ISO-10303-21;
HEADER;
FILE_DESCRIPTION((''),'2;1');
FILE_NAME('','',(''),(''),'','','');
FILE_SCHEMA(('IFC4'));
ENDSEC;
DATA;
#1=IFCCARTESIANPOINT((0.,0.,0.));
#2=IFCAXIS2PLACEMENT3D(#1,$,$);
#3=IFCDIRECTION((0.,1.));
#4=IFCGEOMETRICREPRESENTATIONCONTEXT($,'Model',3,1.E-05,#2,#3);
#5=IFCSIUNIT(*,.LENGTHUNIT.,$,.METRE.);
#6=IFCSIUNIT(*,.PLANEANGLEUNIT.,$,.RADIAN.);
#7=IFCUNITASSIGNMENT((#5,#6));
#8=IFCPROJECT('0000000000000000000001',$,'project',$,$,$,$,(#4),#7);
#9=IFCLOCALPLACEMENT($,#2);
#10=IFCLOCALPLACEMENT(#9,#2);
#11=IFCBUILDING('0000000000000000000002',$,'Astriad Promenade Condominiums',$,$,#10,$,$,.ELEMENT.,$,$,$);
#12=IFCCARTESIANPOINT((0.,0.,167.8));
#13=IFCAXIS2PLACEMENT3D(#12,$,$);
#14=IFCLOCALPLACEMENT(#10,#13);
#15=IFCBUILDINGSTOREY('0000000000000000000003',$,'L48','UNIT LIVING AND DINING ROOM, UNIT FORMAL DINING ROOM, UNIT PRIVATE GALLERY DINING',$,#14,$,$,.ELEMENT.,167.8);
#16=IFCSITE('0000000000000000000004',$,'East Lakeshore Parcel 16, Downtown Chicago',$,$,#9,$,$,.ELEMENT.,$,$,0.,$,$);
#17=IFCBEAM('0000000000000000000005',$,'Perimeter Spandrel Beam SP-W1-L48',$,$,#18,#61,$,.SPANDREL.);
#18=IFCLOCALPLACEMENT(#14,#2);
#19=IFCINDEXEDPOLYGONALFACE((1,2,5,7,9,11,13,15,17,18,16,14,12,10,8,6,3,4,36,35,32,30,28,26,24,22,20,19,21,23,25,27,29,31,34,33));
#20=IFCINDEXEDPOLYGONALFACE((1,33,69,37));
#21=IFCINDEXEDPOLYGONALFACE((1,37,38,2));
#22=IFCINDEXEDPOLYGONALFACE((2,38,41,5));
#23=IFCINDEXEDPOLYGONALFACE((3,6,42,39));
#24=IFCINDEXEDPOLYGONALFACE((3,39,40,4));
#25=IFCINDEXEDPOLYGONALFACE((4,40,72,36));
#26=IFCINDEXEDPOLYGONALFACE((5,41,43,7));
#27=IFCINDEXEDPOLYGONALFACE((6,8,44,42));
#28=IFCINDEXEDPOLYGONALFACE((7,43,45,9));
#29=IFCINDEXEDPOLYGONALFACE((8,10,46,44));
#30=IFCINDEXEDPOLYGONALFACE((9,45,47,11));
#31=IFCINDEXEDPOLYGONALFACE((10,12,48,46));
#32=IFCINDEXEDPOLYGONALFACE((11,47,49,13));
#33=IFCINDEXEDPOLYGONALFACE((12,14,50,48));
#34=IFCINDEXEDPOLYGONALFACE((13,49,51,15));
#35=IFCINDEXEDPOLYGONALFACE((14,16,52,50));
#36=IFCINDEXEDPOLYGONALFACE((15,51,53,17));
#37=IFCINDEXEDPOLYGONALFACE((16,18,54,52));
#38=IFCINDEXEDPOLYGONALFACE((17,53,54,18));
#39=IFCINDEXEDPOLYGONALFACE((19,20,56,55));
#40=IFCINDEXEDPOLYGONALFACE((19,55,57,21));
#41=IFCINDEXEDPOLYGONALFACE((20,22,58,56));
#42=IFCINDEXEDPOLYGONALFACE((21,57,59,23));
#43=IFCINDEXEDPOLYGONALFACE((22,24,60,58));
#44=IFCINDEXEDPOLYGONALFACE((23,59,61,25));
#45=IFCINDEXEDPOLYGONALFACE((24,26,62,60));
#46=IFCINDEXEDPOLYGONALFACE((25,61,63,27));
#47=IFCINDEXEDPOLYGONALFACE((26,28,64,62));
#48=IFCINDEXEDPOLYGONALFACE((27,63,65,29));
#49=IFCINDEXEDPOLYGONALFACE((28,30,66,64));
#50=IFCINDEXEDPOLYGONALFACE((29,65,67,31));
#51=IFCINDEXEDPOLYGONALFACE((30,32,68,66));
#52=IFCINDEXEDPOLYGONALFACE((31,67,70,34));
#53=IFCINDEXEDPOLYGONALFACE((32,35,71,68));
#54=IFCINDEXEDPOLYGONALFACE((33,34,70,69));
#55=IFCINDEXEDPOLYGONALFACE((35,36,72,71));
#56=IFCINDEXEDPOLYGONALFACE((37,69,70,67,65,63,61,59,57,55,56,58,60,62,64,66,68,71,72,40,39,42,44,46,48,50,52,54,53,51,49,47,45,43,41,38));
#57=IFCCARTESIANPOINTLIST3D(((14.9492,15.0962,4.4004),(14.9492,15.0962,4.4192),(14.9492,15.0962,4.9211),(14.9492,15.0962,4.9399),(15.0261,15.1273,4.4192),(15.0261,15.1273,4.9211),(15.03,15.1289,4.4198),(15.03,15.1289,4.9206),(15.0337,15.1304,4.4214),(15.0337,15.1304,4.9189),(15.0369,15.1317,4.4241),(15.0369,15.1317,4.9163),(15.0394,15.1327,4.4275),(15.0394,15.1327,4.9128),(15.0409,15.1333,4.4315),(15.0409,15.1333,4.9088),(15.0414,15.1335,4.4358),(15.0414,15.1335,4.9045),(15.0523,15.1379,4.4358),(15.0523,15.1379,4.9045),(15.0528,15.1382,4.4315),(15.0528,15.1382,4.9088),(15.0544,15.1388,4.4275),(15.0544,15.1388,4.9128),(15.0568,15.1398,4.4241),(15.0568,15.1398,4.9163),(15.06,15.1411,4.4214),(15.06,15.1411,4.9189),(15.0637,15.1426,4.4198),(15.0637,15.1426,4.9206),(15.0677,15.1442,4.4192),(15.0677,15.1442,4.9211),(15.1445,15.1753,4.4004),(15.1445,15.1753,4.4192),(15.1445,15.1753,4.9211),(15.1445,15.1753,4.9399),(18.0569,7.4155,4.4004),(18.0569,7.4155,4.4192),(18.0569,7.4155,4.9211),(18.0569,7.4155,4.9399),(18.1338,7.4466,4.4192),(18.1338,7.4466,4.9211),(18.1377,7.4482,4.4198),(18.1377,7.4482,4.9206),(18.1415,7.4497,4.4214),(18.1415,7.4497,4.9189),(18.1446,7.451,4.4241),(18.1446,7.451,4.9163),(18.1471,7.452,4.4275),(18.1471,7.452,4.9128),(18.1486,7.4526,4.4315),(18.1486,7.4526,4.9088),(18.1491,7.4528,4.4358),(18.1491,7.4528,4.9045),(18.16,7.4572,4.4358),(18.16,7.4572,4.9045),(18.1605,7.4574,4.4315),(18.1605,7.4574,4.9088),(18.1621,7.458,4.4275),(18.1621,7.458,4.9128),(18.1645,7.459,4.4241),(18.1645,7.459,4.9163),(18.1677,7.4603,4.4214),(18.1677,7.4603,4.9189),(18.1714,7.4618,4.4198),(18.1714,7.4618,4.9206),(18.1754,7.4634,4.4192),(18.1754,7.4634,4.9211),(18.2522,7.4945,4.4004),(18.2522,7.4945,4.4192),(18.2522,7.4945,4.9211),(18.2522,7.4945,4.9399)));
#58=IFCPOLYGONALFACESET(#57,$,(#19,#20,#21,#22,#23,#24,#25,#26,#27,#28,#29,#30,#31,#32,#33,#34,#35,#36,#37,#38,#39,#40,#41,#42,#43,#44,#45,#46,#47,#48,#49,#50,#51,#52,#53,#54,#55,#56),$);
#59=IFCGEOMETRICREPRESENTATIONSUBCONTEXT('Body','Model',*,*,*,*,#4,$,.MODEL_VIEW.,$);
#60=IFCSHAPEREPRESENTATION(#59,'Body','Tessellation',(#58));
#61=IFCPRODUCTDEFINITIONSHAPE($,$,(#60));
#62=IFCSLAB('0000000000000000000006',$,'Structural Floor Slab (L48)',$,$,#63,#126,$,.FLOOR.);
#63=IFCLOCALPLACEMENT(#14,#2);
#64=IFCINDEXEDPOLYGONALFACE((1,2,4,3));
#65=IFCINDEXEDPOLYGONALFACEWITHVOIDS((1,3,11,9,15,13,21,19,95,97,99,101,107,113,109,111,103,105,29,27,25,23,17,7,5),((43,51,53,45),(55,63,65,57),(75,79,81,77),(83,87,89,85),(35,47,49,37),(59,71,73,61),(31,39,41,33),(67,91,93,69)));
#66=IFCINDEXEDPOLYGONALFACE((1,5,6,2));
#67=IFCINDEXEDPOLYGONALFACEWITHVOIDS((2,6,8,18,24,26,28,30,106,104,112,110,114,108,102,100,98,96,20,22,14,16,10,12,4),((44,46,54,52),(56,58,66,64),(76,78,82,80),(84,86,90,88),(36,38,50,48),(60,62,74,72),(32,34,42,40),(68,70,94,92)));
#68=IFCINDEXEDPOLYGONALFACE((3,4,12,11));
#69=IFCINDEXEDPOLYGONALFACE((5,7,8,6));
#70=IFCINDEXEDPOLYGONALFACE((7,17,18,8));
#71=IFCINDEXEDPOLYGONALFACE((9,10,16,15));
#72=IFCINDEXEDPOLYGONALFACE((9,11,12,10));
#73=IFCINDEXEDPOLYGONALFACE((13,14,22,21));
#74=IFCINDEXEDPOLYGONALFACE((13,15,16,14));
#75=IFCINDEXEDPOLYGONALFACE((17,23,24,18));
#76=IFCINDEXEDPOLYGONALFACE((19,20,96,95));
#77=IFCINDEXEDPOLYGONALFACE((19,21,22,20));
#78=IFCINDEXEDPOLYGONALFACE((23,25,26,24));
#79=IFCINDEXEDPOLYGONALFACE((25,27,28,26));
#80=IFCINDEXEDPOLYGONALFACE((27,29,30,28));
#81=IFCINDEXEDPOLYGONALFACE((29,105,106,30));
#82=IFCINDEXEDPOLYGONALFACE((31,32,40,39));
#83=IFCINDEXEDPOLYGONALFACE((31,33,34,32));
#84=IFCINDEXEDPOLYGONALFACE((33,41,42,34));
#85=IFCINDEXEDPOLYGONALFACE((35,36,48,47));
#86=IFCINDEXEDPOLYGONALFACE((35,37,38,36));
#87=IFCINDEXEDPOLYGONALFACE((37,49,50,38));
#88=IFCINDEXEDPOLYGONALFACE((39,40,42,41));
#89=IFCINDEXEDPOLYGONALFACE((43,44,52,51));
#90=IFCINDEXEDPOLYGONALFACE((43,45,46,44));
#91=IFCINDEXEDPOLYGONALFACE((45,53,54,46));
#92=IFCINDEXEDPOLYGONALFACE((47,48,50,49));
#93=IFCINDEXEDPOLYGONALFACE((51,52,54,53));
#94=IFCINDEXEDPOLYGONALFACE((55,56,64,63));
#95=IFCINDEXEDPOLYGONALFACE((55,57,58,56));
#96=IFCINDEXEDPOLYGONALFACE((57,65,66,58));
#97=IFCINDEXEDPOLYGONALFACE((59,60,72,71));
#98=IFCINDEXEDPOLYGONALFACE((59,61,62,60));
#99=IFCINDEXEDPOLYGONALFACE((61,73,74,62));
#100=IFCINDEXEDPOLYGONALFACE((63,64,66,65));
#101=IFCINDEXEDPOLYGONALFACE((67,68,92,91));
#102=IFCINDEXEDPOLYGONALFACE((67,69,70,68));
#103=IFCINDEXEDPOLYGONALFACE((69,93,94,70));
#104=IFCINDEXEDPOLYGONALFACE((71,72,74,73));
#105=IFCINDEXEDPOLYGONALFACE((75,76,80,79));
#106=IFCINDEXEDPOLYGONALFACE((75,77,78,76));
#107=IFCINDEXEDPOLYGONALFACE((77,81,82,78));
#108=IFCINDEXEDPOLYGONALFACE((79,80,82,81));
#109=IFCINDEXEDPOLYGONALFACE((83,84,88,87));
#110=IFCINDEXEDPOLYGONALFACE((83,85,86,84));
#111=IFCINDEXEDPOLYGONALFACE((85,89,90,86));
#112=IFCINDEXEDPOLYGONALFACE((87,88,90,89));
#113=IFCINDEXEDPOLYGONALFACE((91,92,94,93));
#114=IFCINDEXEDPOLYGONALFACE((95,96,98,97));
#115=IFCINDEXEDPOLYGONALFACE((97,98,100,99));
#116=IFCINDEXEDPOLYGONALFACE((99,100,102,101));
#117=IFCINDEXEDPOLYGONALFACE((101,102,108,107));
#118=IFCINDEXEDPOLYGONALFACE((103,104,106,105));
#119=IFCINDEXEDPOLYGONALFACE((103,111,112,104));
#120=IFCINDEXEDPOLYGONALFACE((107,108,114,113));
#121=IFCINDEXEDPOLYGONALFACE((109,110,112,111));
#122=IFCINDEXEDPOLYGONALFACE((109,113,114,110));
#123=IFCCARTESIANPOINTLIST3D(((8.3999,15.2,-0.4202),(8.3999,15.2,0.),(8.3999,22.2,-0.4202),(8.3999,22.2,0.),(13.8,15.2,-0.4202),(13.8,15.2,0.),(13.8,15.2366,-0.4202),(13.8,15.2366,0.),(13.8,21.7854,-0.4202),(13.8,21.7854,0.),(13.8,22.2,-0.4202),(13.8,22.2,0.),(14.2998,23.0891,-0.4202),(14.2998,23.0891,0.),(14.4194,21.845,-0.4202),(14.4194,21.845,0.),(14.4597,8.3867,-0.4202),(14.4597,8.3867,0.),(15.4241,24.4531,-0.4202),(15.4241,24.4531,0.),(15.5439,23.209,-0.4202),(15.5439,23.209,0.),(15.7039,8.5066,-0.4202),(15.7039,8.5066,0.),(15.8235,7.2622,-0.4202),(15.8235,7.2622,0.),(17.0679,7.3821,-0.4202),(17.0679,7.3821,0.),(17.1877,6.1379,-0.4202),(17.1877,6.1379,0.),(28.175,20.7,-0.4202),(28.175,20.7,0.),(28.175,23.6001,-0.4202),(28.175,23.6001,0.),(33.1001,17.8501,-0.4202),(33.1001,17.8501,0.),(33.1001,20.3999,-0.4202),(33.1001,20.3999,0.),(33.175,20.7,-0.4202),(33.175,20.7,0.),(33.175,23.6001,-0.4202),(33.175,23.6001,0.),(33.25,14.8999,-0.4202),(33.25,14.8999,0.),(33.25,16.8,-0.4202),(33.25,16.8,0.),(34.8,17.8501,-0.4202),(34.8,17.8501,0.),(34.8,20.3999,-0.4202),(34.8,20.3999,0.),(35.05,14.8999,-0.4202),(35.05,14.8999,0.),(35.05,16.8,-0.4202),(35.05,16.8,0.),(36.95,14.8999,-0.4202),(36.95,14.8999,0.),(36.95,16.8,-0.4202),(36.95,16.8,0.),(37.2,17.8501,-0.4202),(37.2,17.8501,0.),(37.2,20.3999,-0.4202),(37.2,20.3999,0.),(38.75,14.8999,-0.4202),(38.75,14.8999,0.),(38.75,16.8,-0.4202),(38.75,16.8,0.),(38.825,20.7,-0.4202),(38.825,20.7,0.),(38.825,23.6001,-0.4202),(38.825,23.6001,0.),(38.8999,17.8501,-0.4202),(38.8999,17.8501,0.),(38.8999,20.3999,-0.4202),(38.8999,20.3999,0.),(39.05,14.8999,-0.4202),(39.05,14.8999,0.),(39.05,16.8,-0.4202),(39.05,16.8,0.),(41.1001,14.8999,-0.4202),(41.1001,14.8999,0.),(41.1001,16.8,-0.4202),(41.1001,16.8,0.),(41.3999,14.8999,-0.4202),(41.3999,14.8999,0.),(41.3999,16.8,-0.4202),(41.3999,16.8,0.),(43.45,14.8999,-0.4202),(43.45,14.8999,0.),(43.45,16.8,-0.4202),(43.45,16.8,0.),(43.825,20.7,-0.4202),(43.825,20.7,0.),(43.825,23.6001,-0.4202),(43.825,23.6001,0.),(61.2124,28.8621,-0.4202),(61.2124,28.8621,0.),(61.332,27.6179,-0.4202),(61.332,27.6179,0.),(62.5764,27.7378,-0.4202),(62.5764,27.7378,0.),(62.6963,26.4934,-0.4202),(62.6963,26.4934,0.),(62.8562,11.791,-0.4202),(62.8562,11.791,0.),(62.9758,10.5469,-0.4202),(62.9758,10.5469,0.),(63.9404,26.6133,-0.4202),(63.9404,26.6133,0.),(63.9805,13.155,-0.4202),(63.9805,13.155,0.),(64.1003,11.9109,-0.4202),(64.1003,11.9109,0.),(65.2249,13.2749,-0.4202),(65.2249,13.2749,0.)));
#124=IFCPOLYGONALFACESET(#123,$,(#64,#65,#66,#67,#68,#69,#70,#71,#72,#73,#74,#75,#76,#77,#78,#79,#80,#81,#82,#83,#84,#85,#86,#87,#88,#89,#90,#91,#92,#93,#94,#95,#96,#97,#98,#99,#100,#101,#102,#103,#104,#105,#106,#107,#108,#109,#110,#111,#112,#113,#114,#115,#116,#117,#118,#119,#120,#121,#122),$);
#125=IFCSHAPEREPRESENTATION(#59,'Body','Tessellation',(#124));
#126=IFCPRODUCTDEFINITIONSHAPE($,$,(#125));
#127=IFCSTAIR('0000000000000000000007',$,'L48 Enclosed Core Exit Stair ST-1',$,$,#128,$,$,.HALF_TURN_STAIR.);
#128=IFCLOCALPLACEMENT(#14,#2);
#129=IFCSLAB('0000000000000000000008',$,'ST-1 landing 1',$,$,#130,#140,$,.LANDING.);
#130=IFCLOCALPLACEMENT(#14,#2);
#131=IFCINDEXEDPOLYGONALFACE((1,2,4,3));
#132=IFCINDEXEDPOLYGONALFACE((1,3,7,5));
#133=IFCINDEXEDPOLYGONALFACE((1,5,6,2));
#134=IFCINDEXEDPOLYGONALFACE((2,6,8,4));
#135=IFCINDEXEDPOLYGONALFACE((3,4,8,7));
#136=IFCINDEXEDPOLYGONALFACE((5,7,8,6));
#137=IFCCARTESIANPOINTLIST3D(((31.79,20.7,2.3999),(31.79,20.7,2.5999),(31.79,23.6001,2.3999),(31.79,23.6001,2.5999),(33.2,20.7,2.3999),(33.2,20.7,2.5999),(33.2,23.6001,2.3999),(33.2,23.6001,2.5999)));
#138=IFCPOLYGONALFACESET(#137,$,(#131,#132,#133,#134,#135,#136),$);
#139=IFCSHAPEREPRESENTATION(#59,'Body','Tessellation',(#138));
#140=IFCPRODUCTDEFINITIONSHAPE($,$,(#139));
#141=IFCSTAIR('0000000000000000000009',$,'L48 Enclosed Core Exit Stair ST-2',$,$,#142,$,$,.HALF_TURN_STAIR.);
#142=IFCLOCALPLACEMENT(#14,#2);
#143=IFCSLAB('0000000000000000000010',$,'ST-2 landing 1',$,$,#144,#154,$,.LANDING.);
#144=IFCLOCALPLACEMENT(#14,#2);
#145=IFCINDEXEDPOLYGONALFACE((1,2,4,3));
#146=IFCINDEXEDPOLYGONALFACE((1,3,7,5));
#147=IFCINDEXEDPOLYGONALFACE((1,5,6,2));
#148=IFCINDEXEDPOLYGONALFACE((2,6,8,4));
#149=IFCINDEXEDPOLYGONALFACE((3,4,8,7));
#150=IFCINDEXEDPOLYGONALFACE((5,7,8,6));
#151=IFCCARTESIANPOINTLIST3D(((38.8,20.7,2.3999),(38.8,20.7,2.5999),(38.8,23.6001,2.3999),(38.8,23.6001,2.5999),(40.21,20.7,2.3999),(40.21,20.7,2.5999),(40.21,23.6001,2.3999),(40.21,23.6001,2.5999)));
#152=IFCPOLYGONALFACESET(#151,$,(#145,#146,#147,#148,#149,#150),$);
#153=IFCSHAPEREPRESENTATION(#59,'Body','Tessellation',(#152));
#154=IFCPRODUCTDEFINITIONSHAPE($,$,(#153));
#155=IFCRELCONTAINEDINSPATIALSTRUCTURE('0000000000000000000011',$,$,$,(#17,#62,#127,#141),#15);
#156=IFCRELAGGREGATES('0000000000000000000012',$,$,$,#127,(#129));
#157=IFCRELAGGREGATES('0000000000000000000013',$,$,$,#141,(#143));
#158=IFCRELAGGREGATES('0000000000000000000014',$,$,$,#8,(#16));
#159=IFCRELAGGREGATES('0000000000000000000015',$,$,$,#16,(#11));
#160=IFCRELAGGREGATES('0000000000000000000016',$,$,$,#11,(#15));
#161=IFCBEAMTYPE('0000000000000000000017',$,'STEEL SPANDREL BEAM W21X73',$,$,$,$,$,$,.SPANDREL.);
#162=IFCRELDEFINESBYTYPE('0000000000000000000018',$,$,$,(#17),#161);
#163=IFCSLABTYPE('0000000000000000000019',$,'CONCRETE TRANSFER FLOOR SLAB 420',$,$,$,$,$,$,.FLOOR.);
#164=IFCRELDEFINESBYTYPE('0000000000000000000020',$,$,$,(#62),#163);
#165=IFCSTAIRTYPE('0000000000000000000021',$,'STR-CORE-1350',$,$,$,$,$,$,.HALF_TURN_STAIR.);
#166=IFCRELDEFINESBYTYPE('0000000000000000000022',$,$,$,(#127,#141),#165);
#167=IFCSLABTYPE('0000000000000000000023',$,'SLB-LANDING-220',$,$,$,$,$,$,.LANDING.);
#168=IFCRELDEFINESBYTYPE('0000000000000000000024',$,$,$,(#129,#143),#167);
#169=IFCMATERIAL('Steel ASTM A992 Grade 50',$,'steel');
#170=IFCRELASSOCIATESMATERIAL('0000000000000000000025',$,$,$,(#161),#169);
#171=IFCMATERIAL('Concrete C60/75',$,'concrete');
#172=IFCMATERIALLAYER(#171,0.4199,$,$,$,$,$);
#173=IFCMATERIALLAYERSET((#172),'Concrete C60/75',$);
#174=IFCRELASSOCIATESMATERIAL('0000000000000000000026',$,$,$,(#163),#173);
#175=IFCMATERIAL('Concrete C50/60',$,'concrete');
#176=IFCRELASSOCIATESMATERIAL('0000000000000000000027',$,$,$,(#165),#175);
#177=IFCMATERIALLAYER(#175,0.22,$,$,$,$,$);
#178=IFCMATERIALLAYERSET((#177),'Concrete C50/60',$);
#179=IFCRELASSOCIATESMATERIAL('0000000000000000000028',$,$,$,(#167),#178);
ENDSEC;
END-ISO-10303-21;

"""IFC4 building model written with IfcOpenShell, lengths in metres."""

from ifc_helpers import new_model, si_unit, direction, frame, origin, origin_2d, place, context, subcontext, project, spatial, polyline, i_section, outline, extrude, source, transform, mapped, material, layer, layer_set, material_profile, profile_set, type_object, type_shapes, element, aggregate, save


model = new_model("IFC4")

# Units and contexts
model_context = context("Model", 3, precision=1e-05, world=origin(), true_north=direction((0.0, 1.0)))
body_context = subcontext(model_context, "Body", "Model", "MODEL_VIEW")
ifc_project = project(units=[si_unit("LENGTHUNIT", "METRE"), si_unit("PLANEANGLEUNIT", "RADIAN")], contexts=[model_context])

# Site, building, storey
site_placement = place(None, origin())
site = spatial("IfcSite", under=ifc_project, at=site_placement, Name="East Lakeshore Parcel 16, Downtown Chicago", CompositionType="ELEMENT", RefElevation=0.0)
building_placement = place(site_placement, origin())
building = spatial("IfcBuilding", under=site, at=building_placement, Name="Astriad Promenade Condominiums", CompositionType="ELEMENT")
storey_placement = place(building_placement, frame((0.0, 0.0, 167.8)))
storey = spatial("IfcBuildingStorey", under=building, at=storey_placement, Name="L48", Description="UNIT LIVING AND DINING ROOM, UNIT FORMAL DINING ROOM, UNIT PRIVATE GALLERY DINING", CompositionType="ELEMENT", Elevation=167.8)

# Beam
ifc_material_1 = material(Name="Steel ASTM A992 Grade 50", Category="steel")
ifc_material_profile = material_profile(ifc_material_1, i_section(OverallWidth=0.2107, OverallDepth=0.5396, WebThickness=0.0117, FlangeThickness=0.0188, FilletRadius=0.0166, at=origin_2d()), Name="W21X73")
ifc_profile_set = profile_set([ifc_material_profile], Name="Steel ASTM A992 Grade 50")
beam_type = type_object("IfcBeamType", Name="STEEL SPANDREL BEAM W21X73", PredefinedType="SPANDREL", material=ifc_profile_set)
shared_shape_1 = source(origin(), body_context, "Body", "SweptSolid", [
    extrude(i_section(OverallWidth=0.2107, OverallDepth=0.5396, WebThickness=0.0117, FlangeThickness=0.0188, FilletRadius=0.0166, at=origin_2d()), origin(), (0.0, 0.0, 1.0), 8.2856),
])
type_shapes(beam_type, [shared_shape_1])
beam_placement = place(storey_placement, frame((15.0469, 15.1357, 4.6702), z_axis=(0.375071, -0.926996, 0.0), x_axis=(0.926996, 0.375071, 0.0)))
element("IfcBeam", 1, at=beam_placement, inside=storey, type_object=beam_type, Name="Perimeter Spandrel Beam SP-W1-L48", PredefinedType="SPANDREL", context=body_context, shape_type="MappedRepresentation", body=[
    mapped(shared_shape_1, transform((0.0, 0.0, 0.0), scale=1.0)),
])

# Slab
ifc_material_2 = material(Name="Concrete C60/75", Category="concrete")
ifc_layer_1 = layer(ifc_material_2, 0.4199)
ifc_layer_set_1 = layer_set([ifc_layer_1], Name="Concrete C60/75")
slab_type_1 = type_object("IfcSlabType", Name="CONCRETE TRANSFER FLOOR SLAB 420", PredefinedType="FLOOR", material=ifc_layer_set_1)
slab_1_placement = place(storey_placement, frame((0.0, 0.0, -0.4202)))
element("IfcSlab", 2, at=slab_1_placement, inside=storey, type_object=slab_type_1, Name="Structural Floor Slab (L48)", PredefinedType="FLOOR", context=body_context, shape_type="SweptSolid", body=[
    extrude(outline(polyline([(13.8, 21.7854), (13.8, 22.2), (8.3999, 22.2), (8.3999, 15.2), (13.8, 15.2), (13.8, 15.2366), (14.4597, 8.3867), (15.7039, 8.5066), (15.8235, 7.2622), (17.0679, 7.3821), (17.1877, 6.1379), (62.9758, 10.5469), (62.8562, 11.791), (64.1003, 11.9109), (63.9805, 13.155), (65.2249, 13.2749), (63.9404, 26.6133), (62.6963, 26.4934), (62.5764, 27.7378), (61.332, 27.6179), (61.2124, 28.8621), (15.4241, 24.4531), (15.5439, 23.209), (14.2998, 23.0891), (14.4194, 21.845), (13.8, 21.7854)]), holes=[polyline([(28.175, 20.7), (33.175, 20.7), (33.175, 23.6001), (28.175, 23.6001), (28.175, 20.7)]), polyline([(38.825, 20.7), (43.825, 20.7), (43.825, 23.6001), (38.825, 23.6001), (38.825, 20.7)]), polyline([(33.1001, 17.8501), (34.8, 17.8501), (34.8, 20.3999), (33.1001, 20.3999), (33.1001, 17.8501)]), polyline([(37.2, 17.8501), (38.8999, 17.8501), (38.8999, 20.3999), (37.2, 20.3999), (37.2, 17.8501)]), polyline([(33.25, 14.8999), (35.05, 14.8999), (35.05, 16.8), (33.25, 16.8), (33.25, 14.8999)]), polyline([(36.95, 14.8999), (38.75, 14.8999), (38.75, 16.8), (36.95, 16.8), (36.95, 14.8999)]), polyline([(39.05, 14.8999), (41.1001, 14.8999), (41.1001, 16.8), (39.05, 16.8), (39.05, 14.8999)]), polyline([(41.3999, 14.8999), (43.45, 14.8999), (43.45, 16.8), (41.3999, 16.8), (41.3999, 14.8999)])]), origin(), (0.0, 0.0, 1.0), 0.4202),
])

# Stairs, slabs
ifc_material_3 = material(Name="Concrete C50/60", Category="concrete")
stair_type = type_object("IfcStairType", Name="STR-CORE-1350", PredefinedType="HALF_TURN_STAIR", material=ifc_material_3)
stair_1_placement = place(storey_placement, origin())
stair_1 = element("IfcStair", 3, at=stair_1_placement, inside=storey, type_object=stair_type, Name="L48 Enclosed Core Exit Stair ST-1", PredefinedType="HALF_TURN_STAIR")
ifc_layer_2 = layer(ifc_material_3, 0.22)
ifc_layer_set_2 = layer_set([ifc_layer_2], Name="Concrete C50/60")
slab_type_2 = type_object("IfcSlabType", Name="SLB-LANDING-220", PredefinedType="LANDING", material=ifc_layer_set_2)
slab_2_placement = place(storey_placement, frame((0.0, 0.0, 2.3999)))
slab_2 = element("IfcSlab", 4, at=slab_2_placement, type_object=slab_type_2, Name="ST-1 landing 1", PredefinedType="LANDING", context=body_context, shape_type="SweptSolid", body=[
    extrude(outline(polyline([(31.79, 20.7), (33.2, 20.7), (33.2, 23.6001), (31.79, 23.6001), (31.79, 20.7)])), origin(), (0.0, 0.0, 1.0), 0.2),
])
aggregate(stair_1, [slab_2])
stair_2_placement = place(storey_placement, origin())
stair_2 = element("IfcStair", 5, at=stair_2_placement, inside=storey, type_object=stair_type, Name="L48 Enclosed Core Exit Stair ST-2", PredefinedType="HALF_TURN_STAIR")
slab_3_placement = place(storey_placement, frame((0.0, 0.0, 2.3999)))
slab_3 = element("IfcSlab", 6, at=slab_3_placement, type_object=slab_type_2, Name="ST-2 landing 1", PredefinedType="LANDING", context=body_context, shape_type="SweptSolid", body=[
    extrude(outline(polyline([(40.21, 23.6001), (38.8, 23.6001), (38.8, 20.7), (40.21, 20.7), (40.21, 23.6001)])), origin(), (0.0, 0.0, 1.0), 0.2),
])
aggregate(stair_2, [slab_3])

save(model, "model.ifc")
